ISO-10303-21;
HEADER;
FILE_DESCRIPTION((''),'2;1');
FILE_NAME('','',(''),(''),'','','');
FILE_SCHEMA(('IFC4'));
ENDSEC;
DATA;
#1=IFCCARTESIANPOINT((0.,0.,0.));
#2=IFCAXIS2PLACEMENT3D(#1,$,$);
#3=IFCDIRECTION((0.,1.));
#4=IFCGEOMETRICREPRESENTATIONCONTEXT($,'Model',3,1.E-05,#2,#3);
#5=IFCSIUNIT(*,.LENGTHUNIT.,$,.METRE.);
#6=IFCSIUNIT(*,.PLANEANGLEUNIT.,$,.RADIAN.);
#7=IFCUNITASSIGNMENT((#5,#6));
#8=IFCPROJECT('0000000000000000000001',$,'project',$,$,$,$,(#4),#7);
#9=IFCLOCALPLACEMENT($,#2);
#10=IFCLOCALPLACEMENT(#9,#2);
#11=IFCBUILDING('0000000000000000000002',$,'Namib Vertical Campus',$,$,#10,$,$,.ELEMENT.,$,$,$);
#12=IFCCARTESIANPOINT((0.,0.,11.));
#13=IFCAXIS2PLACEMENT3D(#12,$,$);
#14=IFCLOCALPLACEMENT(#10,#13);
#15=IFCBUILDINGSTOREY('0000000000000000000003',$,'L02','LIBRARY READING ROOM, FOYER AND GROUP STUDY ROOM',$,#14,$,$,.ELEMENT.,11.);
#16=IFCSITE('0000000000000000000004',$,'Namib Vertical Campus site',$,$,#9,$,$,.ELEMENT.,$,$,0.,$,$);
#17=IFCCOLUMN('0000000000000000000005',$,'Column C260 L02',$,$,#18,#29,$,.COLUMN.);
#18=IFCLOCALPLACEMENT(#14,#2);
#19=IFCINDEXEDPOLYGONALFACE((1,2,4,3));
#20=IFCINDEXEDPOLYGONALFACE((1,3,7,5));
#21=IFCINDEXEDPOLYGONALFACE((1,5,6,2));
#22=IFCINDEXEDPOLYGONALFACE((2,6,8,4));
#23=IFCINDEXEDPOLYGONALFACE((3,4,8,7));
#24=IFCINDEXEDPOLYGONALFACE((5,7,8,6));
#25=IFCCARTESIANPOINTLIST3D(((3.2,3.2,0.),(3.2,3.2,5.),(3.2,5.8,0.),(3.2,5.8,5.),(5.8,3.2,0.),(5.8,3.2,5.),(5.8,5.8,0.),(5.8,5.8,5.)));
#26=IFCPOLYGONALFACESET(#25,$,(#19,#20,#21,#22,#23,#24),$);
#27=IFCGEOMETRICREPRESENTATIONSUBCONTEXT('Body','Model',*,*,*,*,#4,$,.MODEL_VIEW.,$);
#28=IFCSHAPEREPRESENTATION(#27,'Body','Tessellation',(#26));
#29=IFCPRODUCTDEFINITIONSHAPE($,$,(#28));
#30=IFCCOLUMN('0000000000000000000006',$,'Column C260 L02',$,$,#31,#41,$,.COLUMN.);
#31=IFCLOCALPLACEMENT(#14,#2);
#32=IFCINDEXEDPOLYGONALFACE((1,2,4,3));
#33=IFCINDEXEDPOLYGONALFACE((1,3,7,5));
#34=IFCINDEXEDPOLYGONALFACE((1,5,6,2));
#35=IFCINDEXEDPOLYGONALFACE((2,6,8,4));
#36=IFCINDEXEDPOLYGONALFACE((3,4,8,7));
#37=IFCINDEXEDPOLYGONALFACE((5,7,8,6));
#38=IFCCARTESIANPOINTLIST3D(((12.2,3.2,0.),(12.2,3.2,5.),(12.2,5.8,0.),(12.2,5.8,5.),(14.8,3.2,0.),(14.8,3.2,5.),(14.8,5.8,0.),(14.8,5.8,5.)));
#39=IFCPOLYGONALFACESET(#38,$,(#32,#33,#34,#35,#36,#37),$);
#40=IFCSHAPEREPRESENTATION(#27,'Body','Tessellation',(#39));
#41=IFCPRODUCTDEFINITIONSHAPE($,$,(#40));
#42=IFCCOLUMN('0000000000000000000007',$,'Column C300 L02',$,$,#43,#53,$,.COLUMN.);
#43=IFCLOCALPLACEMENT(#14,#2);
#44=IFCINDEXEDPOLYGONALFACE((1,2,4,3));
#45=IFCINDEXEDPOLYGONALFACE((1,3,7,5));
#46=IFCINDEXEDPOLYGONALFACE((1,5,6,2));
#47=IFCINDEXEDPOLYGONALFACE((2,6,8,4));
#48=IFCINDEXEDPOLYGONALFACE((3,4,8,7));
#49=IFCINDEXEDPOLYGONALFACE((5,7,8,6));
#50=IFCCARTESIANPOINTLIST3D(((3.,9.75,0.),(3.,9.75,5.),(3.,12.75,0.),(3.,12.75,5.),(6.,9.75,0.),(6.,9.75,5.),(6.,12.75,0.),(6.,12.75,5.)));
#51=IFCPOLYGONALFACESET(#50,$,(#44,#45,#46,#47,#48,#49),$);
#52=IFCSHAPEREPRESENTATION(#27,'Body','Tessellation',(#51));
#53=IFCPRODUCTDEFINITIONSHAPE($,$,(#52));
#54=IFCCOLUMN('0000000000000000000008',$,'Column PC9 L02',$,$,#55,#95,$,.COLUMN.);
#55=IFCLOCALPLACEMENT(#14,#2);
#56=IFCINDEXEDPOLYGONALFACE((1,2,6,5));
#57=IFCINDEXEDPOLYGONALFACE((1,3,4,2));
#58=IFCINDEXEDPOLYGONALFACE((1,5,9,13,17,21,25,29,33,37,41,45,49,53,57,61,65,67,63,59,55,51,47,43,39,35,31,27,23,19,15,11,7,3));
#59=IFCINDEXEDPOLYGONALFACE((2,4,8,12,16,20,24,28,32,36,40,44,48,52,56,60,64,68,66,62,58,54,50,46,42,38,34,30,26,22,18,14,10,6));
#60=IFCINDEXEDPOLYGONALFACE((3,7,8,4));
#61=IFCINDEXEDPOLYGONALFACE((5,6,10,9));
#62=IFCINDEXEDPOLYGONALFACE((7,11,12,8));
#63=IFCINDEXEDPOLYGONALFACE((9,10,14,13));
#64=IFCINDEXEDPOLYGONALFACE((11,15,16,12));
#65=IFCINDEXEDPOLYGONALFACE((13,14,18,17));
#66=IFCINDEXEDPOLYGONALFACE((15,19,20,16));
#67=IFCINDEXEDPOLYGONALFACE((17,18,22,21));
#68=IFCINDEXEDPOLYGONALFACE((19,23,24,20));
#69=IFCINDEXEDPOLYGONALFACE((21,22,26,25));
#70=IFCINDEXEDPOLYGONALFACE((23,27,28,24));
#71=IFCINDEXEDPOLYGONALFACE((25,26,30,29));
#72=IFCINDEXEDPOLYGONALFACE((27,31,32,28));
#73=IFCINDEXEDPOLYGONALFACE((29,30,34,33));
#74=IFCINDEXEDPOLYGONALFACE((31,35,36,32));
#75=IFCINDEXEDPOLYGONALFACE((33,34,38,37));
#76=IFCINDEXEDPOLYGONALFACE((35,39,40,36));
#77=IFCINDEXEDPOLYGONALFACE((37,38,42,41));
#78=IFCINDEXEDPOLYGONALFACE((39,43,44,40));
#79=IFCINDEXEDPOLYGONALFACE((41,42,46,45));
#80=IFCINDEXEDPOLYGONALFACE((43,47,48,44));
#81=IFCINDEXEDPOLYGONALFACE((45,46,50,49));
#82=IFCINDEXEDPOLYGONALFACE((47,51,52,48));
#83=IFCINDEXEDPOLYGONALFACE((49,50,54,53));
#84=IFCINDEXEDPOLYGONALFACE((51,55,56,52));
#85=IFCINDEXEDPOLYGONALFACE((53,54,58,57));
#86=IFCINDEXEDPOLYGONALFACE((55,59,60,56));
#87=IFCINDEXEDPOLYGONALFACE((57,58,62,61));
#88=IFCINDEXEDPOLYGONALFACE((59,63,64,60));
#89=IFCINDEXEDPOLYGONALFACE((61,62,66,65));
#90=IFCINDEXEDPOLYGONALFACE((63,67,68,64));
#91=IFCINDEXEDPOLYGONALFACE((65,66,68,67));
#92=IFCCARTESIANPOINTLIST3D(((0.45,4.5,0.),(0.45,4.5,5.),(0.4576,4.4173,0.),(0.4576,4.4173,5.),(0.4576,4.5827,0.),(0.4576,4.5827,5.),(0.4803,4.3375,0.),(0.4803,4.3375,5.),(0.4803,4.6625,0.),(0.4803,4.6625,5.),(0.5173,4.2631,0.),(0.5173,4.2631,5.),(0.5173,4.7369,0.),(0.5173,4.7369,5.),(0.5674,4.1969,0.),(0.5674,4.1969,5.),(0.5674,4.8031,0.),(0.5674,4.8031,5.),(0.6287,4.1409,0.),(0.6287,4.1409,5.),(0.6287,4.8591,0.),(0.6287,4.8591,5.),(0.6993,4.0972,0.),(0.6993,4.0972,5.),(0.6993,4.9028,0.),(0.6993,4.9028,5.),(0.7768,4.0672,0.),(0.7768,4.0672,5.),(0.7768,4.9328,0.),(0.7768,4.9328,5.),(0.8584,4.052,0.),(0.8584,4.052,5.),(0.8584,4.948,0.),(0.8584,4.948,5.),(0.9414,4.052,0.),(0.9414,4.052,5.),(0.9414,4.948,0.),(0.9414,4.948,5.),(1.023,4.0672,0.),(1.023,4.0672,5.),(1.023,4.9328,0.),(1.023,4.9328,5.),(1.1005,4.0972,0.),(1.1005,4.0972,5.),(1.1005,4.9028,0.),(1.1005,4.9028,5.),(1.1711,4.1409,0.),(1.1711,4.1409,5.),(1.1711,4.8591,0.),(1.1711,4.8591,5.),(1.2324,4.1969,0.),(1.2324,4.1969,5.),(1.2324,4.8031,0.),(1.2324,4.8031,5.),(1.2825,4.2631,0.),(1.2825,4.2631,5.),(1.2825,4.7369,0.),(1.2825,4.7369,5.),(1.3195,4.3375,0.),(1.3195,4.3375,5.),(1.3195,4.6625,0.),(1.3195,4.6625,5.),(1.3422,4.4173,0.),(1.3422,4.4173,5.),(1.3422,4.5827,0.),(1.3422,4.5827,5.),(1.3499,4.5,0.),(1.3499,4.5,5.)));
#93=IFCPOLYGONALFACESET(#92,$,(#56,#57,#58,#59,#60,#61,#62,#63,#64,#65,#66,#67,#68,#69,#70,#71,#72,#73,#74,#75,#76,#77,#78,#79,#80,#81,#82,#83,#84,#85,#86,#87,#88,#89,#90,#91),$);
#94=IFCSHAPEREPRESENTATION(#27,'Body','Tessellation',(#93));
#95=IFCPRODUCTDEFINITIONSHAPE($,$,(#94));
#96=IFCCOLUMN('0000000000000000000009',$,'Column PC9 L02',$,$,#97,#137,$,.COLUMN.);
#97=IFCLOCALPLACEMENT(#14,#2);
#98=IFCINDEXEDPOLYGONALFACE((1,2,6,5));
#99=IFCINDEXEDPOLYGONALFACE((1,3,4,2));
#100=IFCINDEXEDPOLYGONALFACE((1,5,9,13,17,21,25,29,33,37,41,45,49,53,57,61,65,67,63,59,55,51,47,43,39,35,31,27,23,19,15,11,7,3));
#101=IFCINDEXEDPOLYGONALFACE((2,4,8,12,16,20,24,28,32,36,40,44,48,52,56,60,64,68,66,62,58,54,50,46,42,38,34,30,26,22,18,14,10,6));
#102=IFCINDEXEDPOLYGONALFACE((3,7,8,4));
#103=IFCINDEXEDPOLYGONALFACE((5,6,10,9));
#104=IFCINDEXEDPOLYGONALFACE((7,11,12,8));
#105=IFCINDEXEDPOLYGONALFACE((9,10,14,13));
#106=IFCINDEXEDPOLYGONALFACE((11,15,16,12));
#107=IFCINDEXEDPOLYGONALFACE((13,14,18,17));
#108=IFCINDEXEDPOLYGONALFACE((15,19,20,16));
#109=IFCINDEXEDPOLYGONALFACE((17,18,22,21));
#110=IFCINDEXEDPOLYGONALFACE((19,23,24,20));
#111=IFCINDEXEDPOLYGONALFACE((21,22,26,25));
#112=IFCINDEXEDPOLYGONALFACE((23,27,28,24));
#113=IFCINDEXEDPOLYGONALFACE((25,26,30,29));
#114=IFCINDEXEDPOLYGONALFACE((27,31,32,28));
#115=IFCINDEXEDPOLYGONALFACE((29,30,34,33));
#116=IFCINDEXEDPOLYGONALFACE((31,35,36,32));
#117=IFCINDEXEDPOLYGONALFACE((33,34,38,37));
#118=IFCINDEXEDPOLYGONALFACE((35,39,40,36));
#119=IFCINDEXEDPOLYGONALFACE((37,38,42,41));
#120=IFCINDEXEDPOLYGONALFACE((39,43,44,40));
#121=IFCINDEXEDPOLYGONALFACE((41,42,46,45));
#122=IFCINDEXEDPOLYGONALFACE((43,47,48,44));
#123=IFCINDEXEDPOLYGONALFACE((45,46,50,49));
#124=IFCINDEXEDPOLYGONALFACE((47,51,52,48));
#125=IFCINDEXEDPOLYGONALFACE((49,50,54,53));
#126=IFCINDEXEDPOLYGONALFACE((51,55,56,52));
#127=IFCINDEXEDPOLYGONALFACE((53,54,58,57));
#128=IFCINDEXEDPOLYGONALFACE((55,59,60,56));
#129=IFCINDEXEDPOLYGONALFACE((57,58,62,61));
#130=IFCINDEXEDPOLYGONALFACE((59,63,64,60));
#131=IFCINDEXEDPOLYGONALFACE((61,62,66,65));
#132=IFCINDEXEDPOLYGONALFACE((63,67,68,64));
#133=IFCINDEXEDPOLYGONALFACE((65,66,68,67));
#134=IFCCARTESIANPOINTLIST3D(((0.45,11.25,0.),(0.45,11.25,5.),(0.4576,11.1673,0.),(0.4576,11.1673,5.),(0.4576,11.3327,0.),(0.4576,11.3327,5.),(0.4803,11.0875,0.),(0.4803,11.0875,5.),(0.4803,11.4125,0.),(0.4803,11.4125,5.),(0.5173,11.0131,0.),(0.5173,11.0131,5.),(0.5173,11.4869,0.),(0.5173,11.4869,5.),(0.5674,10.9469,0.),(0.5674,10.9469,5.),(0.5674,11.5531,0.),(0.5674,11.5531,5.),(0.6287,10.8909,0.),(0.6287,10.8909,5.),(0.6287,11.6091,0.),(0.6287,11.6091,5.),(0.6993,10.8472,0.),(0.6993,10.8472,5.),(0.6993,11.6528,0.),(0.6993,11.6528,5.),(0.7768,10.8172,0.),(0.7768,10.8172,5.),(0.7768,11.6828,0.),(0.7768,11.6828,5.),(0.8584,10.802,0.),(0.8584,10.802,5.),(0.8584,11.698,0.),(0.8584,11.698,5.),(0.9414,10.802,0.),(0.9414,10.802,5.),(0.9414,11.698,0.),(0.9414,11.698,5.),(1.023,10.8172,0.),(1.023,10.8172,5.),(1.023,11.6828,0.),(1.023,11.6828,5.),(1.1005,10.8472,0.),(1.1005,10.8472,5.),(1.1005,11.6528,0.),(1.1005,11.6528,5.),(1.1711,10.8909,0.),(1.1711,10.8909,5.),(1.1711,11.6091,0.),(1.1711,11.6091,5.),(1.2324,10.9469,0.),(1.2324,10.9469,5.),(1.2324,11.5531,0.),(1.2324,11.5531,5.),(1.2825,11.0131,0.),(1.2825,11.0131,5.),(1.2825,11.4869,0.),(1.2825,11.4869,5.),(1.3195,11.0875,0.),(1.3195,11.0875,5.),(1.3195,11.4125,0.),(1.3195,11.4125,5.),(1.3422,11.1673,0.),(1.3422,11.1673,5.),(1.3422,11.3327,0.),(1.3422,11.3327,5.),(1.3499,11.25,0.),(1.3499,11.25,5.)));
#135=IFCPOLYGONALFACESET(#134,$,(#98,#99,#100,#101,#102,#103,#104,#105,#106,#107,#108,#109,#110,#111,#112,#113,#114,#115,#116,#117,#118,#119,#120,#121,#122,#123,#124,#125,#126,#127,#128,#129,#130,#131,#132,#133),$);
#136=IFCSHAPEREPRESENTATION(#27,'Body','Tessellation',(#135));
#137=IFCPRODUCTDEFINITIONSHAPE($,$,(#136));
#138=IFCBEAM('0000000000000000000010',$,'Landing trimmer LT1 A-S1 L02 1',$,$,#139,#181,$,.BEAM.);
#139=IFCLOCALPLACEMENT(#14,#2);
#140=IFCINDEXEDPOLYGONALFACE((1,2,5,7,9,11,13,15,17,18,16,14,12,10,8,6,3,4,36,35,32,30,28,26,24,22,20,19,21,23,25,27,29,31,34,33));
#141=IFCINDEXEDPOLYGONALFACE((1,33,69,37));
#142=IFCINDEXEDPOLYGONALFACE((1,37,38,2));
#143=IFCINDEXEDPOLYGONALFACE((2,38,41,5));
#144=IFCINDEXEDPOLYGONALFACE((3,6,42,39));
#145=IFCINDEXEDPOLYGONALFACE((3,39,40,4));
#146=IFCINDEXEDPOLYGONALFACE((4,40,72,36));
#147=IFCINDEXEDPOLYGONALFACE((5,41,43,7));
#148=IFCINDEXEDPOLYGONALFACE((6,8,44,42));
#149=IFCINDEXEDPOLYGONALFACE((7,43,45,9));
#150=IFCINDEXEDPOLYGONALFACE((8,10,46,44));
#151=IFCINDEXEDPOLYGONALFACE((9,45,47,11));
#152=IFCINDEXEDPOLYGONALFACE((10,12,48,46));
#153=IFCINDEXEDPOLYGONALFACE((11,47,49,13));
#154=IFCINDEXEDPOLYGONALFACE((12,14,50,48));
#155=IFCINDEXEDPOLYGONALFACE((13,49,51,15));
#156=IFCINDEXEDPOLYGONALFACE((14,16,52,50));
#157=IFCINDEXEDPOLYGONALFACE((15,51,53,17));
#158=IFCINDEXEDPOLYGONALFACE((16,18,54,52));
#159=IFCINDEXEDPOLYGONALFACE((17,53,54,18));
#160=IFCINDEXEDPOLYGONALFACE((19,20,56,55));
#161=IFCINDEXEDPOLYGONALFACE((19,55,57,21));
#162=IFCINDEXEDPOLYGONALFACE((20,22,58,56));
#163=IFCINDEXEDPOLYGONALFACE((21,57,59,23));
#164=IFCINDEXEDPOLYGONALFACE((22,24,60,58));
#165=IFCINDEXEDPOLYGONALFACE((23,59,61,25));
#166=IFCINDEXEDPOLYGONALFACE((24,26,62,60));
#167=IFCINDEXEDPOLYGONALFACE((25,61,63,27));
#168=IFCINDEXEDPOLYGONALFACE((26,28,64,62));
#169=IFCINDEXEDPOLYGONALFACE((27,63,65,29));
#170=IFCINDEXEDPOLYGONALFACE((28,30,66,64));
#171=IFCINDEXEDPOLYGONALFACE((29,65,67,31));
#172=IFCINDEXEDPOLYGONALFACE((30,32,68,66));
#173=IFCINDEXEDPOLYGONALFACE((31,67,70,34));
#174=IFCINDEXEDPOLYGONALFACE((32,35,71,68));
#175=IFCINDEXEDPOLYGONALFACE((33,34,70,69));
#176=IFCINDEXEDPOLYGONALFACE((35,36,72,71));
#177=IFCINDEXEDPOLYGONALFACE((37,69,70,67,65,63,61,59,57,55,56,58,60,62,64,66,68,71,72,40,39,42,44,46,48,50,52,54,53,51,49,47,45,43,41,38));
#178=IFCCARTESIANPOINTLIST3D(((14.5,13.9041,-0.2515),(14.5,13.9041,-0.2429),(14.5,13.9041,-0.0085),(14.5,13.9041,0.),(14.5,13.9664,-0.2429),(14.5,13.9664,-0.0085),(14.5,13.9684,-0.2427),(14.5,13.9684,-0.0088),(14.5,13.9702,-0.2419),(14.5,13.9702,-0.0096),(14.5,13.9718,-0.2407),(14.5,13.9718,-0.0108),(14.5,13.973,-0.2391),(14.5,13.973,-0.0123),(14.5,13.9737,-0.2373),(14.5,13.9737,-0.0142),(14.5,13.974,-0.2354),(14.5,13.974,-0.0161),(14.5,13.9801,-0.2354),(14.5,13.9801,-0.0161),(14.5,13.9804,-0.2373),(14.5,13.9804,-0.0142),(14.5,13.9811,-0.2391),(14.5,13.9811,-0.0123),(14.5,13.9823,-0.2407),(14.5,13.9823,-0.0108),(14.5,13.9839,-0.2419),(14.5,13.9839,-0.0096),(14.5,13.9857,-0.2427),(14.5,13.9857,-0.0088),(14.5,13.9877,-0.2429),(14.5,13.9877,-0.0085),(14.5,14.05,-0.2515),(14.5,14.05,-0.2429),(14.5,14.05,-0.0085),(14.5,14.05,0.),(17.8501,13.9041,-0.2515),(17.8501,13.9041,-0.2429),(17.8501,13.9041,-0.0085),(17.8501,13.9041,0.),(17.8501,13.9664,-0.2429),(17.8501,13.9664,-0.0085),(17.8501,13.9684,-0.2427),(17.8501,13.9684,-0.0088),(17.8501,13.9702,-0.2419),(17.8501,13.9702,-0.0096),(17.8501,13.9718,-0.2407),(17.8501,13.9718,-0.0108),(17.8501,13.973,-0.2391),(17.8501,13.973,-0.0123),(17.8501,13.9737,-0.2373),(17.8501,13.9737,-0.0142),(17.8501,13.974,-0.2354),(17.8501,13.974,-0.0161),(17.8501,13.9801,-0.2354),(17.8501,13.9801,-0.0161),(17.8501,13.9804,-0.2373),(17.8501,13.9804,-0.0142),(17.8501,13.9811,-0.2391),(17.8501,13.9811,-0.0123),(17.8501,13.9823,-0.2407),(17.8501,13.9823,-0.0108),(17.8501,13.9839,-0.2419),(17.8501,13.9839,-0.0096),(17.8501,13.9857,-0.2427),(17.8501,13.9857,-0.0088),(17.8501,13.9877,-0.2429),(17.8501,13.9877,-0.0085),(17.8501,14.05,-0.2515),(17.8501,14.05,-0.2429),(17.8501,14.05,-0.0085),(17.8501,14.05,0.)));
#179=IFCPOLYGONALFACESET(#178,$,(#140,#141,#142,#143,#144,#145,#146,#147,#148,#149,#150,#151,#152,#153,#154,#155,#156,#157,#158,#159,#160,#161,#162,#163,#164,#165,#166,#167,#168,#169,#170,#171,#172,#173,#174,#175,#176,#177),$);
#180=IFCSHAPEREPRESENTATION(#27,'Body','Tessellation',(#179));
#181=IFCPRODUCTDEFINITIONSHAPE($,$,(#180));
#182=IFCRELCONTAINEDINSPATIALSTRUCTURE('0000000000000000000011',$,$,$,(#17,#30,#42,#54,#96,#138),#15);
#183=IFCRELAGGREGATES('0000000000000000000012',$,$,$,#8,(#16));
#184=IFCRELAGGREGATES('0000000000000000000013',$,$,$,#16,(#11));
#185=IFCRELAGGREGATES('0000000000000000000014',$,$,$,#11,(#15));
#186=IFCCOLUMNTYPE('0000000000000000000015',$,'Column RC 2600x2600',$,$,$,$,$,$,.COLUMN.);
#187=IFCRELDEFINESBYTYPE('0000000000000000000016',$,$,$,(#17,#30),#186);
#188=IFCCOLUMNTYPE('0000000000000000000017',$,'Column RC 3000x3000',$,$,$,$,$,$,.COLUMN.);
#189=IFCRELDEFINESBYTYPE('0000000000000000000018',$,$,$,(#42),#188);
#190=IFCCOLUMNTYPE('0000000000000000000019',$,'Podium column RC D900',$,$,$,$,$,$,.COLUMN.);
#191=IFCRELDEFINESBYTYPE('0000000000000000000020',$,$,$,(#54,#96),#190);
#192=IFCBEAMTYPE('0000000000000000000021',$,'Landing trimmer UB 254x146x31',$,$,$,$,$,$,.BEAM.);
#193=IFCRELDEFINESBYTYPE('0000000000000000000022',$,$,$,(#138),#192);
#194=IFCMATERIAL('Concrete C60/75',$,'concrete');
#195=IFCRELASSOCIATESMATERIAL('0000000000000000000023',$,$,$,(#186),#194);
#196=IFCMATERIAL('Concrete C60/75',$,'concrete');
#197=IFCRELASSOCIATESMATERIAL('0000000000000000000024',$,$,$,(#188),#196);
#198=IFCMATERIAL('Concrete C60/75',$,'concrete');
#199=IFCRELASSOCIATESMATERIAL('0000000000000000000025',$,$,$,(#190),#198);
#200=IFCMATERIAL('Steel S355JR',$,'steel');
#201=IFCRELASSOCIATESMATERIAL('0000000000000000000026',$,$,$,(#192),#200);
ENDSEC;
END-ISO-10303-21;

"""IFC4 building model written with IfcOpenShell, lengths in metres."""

from ifc_helpers import new_model, si_unit, direction, frame, origin, origin_2d, place, context, subcontext, project, spatial, rectangle, circle, i_section, extrude, material, material_profile, profile_set, type_object, element, save


model = new_model("IFC4")

# Units and contexts
model_context = context("Model", 3, precision=1e-05, world=origin(), true_north=direction((0.0, 1.0)))
body_context = subcontext(model_context, "Body", "Model", "MODEL_VIEW")
ifc_project = project(units=[si_unit("LENGTHUNIT", "METRE"), si_unit("PLANEANGLEUNIT", "RADIAN")], contexts=[model_context])

# Site, building, storey
site_placement = place(None, origin())
site = spatial("IfcSite", under=ifc_project, at=site_placement, Name="Namib Vertical Campus site", CompositionType="ELEMENT", RefElevation=0.0)
building_placement = place(site_placement, origin())
building = spatial("IfcBuilding", under=site, at=building_placement, Name="Namib Vertical Campus", CompositionType="ELEMENT")
storey_placement = place(building_placement, frame((0.0, 0.0, 11.0)))
storey = spatial("IfcBuildingStorey", under=building, at=storey_placement, Name="L02", Description="LIBRARY READING ROOM, FOYER AND GROUP STUDY ROOM", CompositionType="ELEMENT", Elevation=11.0)

# Columns
ifc_material_1 = material(Name="Concrete C60/75", Category="concrete")
ifc_material_profile_1 = material_profile(ifc_material_1, rectangle(XDim=2.6001, YDim=2.6001, at=origin_2d()))
ifc_profile_set_1 = profile_set([ifc_material_profile_1], Name="Concrete C60/75")
column_type_1 = type_object("IfcColumnType", Name="Column RC 2600x2600", PredefinedType="COLUMN", material=ifc_profile_set_1)
for number, where, z_axis, x_axis, name in (
    (1, (4.5, 4.5, 0.0), (0.0, 0.0, 1.0), (1.0, 0.0, 0.0), "Column C260 L02"),
    (2, (13.5, 4.5, 0.0), (0.0, 0.0, 1.0), (1.0, 0.0, 0.0), "Column C260 L02"),
):
    element("IfcColumn", number, at=place(storey_placement, frame(where, z_axis=z_axis, x_axis=x_axis)), inside=storey, type_object=column_type_1, Name=name, PredefinedType="COLUMN", context=body_context, shape_type="SweptSolid", body=[
        extrude(rectangle(XDim=2.6001, YDim=2.6001, at=origin_2d()), origin(), (0.0, 0.0, 1.0), 5.0),
    ])
ifc_material_2 = material(Name="Concrete C60/75", Category="concrete")
ifc_material_profile_2 = material_profile(ifc_material_2, rectangle(XDim=3.0, YDim=3.0, at=origin_2d()))
ifc_profile_set_2 = profile_set([ifc_material_profile_2], Name="Concrete C60/75")
column_type_2 = type_object("IfcColumnType", Name="Column RC 3000x3000", PredefinedType="COLUMN", material=ifc_profile_set_2)
column_placement = place(storey_placement, frame((4.5, 11.25, 0.0), z_axis=(0.0, 0.0, 1.0), x_axis=(1.0, 0.0, 0.0)))
element("IfcColumn", 3, at=column_placement, inside=storey, type_object=column_type_2, Name="Column C300 L02", PredefinedType="COLUMN", context=body_context, shape_type="SweptSolid", body=[
    extrude(rectangle(XDim=3.0, YDim=3.0, at=origin_2d()), origin(), (0.0, 0.0, 1.0), 5.0),
])
ifc_material_3 = material(Name="Concrete C60/75", Category="concrete")
ifc_material_profile_3 = material_profile(ifc_material_3, circle(Radius=0.45, at=origin_2d()))
ifc_profile_set_3 = profile_set([ifc_material_profile_3], Name="Concrete C60/75")
column_type_3 = type_object("IfcColumnType", Name="Podium column RC D900", PredefinedType="COLUMN", material=ifc_profile_set_3)
for number, where, z_axis, x_axis, name in (
    (4, (0.8999, 4.5, 0.0), (0.0, 0.0, 1.0), (1.0, 0.0, 0.0), "Column PC9 L02"),
    (5, (0.8999, 11.25, 0.0), (0.0, 0.0, 1.0), (1.0, 0.0, 0.0), "Column PC9 L02"),
):
    element("IfcColumn", number, at=place(storey_placement, frame(where, z_axis=z_axis, x_axis=x_axis)), inside=storey, type_object=column_type_3, Name=name, PredefinedType="COLUMN", context=body_context, shape_type="SweptSolid", body=[
        extrude(circle(Radius=0.45, at=origin_2d()), origin(), (0.0, 0.0, 1.0), 5.0),
    ])

# Beam
ifc_material_4 = material(Name="Steel S355JR", Category="steel")
ifc_material_profile_4 = material_profile(ifc_material_4, i_section(OverallWidth=0.146, OverallDepth=0.2515, WebThickness=0.0061, FlangeThickness=0.0085, FilletRadius=0.0076, at=origin_2d()))
ifc_profile_set_4 = profile_set([ifc_material_profile_4], Name="Steel S355JR")
beam_type_1 = type_object("IfcBeamType", Name="Landing trimmer UB 254x146x31", PredefinedType="BEAM", material=ifc_profile_set_4)
for number, where, z_axis, x_axis, name in (
    (6, (14.5, 13.9771, -0.1257), (1.0, 0.0, 0.0), (0.0, 1.0, 0.0), "Landing trimmer LT1 A-S1 L02 1"),
):
    element("IfcBeam", number, at=place(storey_placement, frame(where, z_axis=z_axis, x_axis=x_axis)), inside=storey, type_object=beam_type_1, Name=name, PredefinedType="BEAM", context=body_context, shape_type="SweptSolid", body=[
        extrude(i_section(OverallWidth=0.146, OverallDepth=0.2515, WebThickness=0.0061, FlangeThickness=0.0085, FilletRadius=0.0076, at=origin_2d()), origin(), (0.0, 0.0, 1.0), 3.3501),
    ])

save(model, "model.ifc")
